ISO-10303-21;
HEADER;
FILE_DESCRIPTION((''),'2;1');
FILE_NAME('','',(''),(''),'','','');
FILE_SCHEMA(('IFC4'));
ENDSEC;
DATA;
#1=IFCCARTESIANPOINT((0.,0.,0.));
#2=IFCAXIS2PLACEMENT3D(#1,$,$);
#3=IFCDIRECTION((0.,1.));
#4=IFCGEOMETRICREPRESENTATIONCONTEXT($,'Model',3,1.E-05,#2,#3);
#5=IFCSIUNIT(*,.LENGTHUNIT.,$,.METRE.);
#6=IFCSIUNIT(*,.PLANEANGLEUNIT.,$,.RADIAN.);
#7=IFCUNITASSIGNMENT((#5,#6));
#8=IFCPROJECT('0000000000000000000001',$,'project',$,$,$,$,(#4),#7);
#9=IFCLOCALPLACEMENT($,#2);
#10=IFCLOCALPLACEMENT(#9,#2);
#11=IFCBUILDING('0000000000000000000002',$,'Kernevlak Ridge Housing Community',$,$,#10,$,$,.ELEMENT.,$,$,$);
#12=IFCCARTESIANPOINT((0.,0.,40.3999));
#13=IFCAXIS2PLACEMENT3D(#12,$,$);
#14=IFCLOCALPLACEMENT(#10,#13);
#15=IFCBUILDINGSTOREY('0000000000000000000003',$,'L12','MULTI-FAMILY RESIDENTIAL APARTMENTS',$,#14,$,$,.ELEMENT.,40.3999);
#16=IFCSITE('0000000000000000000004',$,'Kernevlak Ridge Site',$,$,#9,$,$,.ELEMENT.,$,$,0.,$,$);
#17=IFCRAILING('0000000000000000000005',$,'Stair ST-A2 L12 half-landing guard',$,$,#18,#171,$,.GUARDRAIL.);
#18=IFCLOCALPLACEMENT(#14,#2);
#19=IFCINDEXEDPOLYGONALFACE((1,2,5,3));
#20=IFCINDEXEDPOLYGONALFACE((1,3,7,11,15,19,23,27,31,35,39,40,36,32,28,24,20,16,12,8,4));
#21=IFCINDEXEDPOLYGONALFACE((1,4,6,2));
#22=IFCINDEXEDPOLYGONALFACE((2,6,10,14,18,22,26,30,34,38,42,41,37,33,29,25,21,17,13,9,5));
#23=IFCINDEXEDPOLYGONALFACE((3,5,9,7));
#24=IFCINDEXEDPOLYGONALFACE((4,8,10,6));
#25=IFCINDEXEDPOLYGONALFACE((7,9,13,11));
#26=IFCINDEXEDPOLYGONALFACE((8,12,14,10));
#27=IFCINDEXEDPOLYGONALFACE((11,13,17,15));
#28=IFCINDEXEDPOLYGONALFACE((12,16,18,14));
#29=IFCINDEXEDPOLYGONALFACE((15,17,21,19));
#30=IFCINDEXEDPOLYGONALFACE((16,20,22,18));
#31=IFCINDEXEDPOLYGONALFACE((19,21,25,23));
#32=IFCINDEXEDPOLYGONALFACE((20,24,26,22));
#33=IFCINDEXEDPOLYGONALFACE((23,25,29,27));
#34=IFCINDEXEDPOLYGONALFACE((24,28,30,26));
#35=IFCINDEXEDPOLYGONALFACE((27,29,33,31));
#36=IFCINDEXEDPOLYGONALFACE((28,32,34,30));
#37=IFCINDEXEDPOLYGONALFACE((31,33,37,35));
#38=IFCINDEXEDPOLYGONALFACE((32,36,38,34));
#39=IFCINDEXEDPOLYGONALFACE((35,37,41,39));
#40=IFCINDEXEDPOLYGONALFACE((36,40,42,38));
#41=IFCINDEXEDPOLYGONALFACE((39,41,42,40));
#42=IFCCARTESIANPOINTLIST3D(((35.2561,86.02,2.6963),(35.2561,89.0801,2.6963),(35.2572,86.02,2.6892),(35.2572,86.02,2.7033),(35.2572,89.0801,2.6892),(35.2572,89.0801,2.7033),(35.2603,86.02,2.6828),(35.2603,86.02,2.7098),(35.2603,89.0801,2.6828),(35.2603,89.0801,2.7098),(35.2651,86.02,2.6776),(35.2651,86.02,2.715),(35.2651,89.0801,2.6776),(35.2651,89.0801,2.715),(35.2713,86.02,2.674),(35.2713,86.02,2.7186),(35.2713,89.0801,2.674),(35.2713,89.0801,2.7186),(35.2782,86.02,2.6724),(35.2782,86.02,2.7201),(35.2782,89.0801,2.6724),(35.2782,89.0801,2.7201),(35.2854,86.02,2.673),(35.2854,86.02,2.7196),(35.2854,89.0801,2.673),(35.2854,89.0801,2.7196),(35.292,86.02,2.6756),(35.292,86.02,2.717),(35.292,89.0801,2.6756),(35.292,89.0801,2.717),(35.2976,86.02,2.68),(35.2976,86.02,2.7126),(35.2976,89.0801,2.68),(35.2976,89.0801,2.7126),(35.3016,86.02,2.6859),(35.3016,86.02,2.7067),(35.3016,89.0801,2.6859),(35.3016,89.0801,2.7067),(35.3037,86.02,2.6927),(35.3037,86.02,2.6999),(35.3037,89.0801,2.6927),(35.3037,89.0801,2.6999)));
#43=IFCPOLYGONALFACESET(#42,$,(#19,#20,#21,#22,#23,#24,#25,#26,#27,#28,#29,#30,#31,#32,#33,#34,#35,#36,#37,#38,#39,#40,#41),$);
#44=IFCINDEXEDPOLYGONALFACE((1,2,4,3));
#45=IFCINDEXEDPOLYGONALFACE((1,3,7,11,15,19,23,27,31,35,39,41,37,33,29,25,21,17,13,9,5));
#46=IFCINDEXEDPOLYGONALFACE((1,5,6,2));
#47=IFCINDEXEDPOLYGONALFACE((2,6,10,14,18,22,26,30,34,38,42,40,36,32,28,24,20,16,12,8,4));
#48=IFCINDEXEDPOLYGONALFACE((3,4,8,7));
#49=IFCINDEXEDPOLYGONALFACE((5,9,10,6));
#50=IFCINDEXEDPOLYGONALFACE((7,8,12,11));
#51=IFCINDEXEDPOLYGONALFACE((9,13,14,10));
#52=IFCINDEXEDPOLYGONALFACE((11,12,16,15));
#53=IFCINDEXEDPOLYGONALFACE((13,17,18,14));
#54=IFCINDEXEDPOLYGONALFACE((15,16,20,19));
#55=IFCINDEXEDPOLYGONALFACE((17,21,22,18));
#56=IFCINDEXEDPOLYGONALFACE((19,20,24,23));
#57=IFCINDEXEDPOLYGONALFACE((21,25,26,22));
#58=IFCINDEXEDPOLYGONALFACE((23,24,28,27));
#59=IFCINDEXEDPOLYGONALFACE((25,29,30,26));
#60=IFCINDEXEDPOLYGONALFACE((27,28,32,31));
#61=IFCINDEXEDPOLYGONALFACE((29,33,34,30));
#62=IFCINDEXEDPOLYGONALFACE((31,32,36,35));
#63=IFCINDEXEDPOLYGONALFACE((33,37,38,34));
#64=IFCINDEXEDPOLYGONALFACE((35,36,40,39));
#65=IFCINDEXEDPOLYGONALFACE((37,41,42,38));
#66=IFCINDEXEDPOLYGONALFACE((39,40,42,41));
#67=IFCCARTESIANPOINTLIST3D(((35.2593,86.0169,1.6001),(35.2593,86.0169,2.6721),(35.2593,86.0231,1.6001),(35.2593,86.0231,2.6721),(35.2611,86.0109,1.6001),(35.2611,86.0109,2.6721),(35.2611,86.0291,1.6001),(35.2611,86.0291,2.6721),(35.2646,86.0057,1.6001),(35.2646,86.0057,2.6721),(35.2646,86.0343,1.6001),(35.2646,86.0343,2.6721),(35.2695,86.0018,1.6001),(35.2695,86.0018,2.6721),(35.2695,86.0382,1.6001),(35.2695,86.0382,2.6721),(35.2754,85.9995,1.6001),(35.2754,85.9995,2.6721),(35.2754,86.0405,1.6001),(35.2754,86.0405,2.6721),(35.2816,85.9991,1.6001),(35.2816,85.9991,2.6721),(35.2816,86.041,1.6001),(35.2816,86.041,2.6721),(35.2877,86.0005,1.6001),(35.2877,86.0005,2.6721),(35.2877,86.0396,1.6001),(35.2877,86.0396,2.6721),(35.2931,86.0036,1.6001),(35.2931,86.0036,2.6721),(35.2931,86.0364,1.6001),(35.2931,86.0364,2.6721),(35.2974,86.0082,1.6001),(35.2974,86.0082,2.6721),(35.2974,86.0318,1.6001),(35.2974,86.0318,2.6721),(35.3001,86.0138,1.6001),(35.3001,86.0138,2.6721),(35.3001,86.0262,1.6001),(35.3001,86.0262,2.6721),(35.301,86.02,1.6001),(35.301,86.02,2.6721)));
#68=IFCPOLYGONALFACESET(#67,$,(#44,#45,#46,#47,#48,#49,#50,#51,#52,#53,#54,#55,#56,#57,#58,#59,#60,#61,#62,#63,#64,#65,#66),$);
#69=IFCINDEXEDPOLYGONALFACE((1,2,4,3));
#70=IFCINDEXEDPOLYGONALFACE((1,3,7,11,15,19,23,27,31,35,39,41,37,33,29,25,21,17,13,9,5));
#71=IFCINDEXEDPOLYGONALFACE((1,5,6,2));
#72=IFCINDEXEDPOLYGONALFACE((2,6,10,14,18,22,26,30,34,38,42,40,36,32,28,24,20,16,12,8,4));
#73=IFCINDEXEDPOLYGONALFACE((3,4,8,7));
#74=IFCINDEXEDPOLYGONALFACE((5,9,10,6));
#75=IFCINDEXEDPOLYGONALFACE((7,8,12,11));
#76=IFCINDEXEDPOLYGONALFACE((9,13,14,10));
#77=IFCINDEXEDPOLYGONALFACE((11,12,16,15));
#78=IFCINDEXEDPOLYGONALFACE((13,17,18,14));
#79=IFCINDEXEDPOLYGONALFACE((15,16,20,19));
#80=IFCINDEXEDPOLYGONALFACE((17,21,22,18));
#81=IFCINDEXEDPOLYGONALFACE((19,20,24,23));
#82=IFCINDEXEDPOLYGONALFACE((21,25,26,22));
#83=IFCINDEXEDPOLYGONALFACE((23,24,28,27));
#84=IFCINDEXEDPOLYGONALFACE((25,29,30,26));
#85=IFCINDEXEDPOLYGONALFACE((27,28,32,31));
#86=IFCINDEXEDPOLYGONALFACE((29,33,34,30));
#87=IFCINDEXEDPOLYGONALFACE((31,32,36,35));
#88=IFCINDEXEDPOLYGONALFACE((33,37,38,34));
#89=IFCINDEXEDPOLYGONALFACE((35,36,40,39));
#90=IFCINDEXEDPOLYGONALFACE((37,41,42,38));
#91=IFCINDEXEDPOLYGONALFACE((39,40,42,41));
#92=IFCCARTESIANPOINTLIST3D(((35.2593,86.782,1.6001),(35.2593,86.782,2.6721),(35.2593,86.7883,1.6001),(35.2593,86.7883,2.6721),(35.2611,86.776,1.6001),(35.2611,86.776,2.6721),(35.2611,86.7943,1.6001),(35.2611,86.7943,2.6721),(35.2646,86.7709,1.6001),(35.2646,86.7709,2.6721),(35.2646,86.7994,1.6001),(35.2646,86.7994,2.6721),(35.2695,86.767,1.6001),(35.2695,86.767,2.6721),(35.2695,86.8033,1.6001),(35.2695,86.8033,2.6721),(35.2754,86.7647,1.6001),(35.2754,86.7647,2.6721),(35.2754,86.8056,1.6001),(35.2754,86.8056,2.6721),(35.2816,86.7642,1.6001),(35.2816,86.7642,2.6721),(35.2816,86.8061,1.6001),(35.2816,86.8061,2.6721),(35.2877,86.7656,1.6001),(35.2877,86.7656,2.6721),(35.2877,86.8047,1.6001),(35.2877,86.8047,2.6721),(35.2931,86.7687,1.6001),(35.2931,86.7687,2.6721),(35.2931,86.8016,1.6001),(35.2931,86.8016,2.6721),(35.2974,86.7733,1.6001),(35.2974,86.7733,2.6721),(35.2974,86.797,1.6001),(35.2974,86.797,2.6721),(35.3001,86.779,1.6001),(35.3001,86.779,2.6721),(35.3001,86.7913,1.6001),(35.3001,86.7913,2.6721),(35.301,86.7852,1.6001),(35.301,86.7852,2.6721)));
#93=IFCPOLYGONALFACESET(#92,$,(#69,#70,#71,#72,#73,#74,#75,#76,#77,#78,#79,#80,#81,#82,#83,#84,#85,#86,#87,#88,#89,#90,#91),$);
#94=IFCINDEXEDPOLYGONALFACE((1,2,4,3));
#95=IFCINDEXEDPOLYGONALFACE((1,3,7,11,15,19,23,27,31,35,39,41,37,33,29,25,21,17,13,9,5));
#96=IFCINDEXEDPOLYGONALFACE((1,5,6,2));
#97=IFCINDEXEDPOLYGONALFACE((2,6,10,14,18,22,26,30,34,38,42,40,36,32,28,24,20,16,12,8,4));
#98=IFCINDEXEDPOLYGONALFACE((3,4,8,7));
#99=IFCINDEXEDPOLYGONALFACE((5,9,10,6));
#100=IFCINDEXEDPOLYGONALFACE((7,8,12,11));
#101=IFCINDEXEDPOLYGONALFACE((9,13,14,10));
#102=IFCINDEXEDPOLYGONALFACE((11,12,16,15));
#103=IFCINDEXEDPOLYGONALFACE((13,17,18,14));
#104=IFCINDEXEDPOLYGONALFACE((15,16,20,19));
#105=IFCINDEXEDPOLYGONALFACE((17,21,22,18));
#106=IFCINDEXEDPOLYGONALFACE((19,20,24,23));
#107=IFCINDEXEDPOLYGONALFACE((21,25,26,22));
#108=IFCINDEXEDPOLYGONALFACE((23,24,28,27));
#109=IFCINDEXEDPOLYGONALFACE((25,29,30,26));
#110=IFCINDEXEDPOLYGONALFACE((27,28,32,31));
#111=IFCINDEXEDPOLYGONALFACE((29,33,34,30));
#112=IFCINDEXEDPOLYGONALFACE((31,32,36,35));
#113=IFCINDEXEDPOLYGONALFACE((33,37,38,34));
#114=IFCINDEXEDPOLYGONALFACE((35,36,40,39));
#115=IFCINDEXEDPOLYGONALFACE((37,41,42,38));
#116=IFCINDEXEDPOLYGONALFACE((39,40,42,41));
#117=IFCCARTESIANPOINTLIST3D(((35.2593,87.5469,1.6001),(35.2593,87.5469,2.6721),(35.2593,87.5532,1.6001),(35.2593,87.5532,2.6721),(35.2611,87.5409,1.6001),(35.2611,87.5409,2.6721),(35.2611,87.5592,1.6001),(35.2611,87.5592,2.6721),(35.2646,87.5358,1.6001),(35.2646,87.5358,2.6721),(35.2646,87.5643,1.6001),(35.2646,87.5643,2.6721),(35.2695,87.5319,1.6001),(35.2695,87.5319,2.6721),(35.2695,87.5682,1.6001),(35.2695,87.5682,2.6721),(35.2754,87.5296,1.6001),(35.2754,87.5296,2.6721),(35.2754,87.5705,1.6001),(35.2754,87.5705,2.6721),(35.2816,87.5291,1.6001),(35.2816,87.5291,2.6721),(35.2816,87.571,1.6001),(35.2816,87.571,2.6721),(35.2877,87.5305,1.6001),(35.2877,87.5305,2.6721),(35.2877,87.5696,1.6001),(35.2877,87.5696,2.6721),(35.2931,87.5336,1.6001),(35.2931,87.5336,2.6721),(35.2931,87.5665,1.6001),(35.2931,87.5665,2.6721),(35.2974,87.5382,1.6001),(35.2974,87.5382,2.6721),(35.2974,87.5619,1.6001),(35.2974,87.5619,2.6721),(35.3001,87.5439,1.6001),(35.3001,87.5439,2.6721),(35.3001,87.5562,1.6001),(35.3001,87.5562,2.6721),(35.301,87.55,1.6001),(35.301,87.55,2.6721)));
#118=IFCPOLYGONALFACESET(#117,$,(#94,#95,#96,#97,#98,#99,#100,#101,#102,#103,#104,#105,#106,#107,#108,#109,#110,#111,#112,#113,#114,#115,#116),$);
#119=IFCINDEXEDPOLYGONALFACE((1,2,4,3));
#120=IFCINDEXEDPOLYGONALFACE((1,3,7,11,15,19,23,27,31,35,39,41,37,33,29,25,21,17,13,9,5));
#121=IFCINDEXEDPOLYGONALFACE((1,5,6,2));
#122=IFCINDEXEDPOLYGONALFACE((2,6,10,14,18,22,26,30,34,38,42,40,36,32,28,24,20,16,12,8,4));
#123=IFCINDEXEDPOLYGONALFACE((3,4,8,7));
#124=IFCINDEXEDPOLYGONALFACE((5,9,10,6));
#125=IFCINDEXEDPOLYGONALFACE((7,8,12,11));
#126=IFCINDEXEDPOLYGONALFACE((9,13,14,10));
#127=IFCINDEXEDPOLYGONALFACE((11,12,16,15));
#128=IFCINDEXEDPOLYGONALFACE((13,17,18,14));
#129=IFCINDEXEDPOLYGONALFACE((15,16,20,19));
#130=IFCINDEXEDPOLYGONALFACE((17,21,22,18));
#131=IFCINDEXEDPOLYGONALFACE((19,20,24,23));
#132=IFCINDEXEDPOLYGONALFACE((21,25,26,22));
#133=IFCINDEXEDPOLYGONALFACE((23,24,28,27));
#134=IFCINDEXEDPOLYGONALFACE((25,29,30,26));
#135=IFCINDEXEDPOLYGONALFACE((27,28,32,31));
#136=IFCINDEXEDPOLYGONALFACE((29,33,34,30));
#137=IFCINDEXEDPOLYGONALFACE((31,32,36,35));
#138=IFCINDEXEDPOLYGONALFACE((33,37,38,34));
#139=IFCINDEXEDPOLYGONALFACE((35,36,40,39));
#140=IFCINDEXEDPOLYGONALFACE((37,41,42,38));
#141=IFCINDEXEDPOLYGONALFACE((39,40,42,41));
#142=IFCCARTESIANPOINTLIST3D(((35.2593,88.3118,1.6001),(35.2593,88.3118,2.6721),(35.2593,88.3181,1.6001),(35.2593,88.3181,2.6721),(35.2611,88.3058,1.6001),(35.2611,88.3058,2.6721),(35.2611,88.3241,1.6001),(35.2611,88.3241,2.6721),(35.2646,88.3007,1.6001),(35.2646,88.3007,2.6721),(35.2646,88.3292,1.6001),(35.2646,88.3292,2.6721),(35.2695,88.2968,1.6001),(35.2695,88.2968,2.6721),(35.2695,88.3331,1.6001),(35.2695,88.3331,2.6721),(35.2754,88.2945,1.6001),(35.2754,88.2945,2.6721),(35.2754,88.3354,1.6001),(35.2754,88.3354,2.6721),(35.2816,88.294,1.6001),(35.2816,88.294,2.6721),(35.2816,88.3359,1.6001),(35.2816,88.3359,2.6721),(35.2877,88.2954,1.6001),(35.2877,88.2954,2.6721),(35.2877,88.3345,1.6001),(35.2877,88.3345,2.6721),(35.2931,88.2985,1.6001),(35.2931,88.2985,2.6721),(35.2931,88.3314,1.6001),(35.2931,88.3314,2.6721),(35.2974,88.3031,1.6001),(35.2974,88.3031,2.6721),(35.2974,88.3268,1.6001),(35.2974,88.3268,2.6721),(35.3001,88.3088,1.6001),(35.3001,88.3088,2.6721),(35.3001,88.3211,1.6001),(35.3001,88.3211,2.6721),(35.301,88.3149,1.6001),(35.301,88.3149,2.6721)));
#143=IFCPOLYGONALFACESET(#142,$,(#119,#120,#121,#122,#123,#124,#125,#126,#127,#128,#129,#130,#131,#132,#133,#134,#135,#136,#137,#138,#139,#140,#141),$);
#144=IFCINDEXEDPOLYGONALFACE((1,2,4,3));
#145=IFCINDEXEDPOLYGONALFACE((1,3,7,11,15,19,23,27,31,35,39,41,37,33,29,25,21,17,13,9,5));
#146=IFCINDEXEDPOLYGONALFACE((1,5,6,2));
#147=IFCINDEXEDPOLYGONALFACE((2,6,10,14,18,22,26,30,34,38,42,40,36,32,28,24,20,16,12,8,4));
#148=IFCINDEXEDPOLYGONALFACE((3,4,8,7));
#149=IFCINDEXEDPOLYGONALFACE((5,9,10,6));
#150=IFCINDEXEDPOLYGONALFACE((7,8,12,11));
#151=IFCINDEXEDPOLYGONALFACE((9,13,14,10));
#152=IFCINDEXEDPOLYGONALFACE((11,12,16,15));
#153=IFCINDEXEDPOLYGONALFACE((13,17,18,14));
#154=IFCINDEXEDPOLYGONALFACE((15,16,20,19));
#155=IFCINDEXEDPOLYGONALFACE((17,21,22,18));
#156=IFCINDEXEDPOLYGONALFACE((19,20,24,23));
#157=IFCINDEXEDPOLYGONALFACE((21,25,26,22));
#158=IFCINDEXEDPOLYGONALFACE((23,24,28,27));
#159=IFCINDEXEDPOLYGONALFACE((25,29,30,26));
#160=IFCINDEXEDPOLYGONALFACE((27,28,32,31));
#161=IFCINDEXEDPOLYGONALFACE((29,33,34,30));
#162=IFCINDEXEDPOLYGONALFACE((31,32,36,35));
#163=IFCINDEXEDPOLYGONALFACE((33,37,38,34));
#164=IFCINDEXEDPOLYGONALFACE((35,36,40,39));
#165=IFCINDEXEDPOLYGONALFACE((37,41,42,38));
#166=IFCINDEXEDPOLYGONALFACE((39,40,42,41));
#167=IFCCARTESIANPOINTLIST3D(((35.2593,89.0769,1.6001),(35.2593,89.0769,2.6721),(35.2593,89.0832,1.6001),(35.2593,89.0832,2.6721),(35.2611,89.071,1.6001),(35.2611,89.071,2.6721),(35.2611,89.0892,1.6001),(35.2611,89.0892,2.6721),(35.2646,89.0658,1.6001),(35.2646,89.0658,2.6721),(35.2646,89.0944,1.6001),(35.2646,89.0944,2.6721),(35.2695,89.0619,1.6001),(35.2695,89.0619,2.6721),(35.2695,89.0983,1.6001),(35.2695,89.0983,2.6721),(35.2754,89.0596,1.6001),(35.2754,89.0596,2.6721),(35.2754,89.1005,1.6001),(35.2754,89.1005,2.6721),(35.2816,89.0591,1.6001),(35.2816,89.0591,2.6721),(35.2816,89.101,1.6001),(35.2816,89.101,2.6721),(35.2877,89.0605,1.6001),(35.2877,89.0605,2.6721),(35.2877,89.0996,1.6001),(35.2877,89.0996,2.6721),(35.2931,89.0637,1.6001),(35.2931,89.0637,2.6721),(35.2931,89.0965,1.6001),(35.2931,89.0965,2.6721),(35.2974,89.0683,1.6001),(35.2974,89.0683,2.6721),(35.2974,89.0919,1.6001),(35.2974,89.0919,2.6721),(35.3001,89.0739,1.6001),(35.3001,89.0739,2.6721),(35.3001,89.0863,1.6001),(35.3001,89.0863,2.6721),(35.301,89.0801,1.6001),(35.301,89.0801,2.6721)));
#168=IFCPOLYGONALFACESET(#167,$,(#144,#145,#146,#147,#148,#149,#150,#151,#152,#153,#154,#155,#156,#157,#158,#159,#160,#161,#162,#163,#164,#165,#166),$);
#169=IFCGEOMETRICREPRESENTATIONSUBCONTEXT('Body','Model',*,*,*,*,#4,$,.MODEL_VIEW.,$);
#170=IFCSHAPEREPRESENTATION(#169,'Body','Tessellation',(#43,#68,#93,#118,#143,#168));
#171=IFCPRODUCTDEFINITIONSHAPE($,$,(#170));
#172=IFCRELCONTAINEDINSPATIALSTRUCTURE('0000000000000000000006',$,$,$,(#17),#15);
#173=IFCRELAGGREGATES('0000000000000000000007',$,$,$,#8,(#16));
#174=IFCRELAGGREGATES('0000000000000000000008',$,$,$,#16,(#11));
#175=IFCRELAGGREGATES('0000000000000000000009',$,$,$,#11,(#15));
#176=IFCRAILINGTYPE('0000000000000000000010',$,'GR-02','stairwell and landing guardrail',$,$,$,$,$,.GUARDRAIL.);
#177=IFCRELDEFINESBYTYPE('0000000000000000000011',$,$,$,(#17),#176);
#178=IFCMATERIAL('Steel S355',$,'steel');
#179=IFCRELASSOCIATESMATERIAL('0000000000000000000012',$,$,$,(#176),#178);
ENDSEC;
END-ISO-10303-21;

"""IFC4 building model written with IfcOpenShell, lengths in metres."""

from ifc_helpers import new_model, si_unit, direction, frame, origin, origin_2d, place, context, subcontext, project, spatial, circle, extrude, material, type_object, element, save


model = new_model("IFC4")

# Units and contexts
model_context = context("Model", 3, precision=1e-05, world=origin(), true_north=direction((0.0, 1.0)))
body_context = subcontext(model_context, "Body", "Model", "MODEL_VIEW")
ifc_project = project(units=[si_unit("LENGTHUNIT", "METRE"), si_unit("PLANEANGLEUNIT", "RADIAN")], contexts=[model_context])

# Site, building, storey
site_placement = place(None, origin())
site = spatial("IfcSite", under=ifc_project, at=site_placement, Name="Kernevlak Ridge Site", CompositionType="ELEMENT", RefElevation=0.0)
building_placement = place(site_placement, origin())
building = spatial("IfcBuilding", under=site, at=building_placement, Name="Kernevlak Ridge Housing Community", CompositionType="ELEMENT")
storey_placement = place(building_placement, frame((0.0, 0.0, 40.3999)))
storey = spatial("IfcBuildingStorey", under=building, at=storey_placement, Name="L12", Description="MULTI-FAMILY RESIDENTIAL APARTMENTS", CompositionType="ELEMENT", Elevation=40.3999)

# Railing
ifc_material_1 = material(Name="Steel S355", Category="steel")
railing_type_1 = type_object("IfcRailingType", Name="GR-02", Description="stairwell and landing guardrail", PredefinedType="GUARDRAIL", material=ifc_material_1)
railing_1_placement = place(storey_placement, frame((35.28, 86.02, 1.6001)))
element("IfcRailing", 1, at=railing_1_placement, inside=storey, type_object=railing_type_1, Name="Stair ST-A2 L12 half-landing guard", PredefinedType="GUARDRAIL", context=body_context, shape_type="SweptSolid", body=[
    extrude(circle(Radius=0.0239, at=origin_2d()), frame((0.0, 0.0, 1.0962), z_axis=(0.0, 1.0, 0.0), x_axis=(-1.0, 0.0, 0.0)), (0.0, 0.0, 1.0), 3.0601),
    extrude(circle(Radius=0.021, at=origin_2d()), origin(), (0.0, 0.0, 1.0), 1.072),
    extrude(circle(Radius=0.021, at=origin_2d()), frame((0.0, 0.7651, 0.0)), (0.0, 0.0, 1.0), 1.072),
    extrude(circle(Radius=0.021, at=origin_2d()), frame((0.0, 1.53, 0.0)), (0.0, 0.0, 1.0), 1.072),
    extrude(circle(Radius=0.021, at=origin_2d()), frame((0.0, 2.2949, 0.0)), (0.0, 0.0, 1.0), 1.072),
    extrude(circle(Radius=0.021, at=origin_2d()), frame((0.0, 3.0601, 0.0)), (0.0, 0.0, 1.0), 1.072),
])

save(model, "model.ifc")
